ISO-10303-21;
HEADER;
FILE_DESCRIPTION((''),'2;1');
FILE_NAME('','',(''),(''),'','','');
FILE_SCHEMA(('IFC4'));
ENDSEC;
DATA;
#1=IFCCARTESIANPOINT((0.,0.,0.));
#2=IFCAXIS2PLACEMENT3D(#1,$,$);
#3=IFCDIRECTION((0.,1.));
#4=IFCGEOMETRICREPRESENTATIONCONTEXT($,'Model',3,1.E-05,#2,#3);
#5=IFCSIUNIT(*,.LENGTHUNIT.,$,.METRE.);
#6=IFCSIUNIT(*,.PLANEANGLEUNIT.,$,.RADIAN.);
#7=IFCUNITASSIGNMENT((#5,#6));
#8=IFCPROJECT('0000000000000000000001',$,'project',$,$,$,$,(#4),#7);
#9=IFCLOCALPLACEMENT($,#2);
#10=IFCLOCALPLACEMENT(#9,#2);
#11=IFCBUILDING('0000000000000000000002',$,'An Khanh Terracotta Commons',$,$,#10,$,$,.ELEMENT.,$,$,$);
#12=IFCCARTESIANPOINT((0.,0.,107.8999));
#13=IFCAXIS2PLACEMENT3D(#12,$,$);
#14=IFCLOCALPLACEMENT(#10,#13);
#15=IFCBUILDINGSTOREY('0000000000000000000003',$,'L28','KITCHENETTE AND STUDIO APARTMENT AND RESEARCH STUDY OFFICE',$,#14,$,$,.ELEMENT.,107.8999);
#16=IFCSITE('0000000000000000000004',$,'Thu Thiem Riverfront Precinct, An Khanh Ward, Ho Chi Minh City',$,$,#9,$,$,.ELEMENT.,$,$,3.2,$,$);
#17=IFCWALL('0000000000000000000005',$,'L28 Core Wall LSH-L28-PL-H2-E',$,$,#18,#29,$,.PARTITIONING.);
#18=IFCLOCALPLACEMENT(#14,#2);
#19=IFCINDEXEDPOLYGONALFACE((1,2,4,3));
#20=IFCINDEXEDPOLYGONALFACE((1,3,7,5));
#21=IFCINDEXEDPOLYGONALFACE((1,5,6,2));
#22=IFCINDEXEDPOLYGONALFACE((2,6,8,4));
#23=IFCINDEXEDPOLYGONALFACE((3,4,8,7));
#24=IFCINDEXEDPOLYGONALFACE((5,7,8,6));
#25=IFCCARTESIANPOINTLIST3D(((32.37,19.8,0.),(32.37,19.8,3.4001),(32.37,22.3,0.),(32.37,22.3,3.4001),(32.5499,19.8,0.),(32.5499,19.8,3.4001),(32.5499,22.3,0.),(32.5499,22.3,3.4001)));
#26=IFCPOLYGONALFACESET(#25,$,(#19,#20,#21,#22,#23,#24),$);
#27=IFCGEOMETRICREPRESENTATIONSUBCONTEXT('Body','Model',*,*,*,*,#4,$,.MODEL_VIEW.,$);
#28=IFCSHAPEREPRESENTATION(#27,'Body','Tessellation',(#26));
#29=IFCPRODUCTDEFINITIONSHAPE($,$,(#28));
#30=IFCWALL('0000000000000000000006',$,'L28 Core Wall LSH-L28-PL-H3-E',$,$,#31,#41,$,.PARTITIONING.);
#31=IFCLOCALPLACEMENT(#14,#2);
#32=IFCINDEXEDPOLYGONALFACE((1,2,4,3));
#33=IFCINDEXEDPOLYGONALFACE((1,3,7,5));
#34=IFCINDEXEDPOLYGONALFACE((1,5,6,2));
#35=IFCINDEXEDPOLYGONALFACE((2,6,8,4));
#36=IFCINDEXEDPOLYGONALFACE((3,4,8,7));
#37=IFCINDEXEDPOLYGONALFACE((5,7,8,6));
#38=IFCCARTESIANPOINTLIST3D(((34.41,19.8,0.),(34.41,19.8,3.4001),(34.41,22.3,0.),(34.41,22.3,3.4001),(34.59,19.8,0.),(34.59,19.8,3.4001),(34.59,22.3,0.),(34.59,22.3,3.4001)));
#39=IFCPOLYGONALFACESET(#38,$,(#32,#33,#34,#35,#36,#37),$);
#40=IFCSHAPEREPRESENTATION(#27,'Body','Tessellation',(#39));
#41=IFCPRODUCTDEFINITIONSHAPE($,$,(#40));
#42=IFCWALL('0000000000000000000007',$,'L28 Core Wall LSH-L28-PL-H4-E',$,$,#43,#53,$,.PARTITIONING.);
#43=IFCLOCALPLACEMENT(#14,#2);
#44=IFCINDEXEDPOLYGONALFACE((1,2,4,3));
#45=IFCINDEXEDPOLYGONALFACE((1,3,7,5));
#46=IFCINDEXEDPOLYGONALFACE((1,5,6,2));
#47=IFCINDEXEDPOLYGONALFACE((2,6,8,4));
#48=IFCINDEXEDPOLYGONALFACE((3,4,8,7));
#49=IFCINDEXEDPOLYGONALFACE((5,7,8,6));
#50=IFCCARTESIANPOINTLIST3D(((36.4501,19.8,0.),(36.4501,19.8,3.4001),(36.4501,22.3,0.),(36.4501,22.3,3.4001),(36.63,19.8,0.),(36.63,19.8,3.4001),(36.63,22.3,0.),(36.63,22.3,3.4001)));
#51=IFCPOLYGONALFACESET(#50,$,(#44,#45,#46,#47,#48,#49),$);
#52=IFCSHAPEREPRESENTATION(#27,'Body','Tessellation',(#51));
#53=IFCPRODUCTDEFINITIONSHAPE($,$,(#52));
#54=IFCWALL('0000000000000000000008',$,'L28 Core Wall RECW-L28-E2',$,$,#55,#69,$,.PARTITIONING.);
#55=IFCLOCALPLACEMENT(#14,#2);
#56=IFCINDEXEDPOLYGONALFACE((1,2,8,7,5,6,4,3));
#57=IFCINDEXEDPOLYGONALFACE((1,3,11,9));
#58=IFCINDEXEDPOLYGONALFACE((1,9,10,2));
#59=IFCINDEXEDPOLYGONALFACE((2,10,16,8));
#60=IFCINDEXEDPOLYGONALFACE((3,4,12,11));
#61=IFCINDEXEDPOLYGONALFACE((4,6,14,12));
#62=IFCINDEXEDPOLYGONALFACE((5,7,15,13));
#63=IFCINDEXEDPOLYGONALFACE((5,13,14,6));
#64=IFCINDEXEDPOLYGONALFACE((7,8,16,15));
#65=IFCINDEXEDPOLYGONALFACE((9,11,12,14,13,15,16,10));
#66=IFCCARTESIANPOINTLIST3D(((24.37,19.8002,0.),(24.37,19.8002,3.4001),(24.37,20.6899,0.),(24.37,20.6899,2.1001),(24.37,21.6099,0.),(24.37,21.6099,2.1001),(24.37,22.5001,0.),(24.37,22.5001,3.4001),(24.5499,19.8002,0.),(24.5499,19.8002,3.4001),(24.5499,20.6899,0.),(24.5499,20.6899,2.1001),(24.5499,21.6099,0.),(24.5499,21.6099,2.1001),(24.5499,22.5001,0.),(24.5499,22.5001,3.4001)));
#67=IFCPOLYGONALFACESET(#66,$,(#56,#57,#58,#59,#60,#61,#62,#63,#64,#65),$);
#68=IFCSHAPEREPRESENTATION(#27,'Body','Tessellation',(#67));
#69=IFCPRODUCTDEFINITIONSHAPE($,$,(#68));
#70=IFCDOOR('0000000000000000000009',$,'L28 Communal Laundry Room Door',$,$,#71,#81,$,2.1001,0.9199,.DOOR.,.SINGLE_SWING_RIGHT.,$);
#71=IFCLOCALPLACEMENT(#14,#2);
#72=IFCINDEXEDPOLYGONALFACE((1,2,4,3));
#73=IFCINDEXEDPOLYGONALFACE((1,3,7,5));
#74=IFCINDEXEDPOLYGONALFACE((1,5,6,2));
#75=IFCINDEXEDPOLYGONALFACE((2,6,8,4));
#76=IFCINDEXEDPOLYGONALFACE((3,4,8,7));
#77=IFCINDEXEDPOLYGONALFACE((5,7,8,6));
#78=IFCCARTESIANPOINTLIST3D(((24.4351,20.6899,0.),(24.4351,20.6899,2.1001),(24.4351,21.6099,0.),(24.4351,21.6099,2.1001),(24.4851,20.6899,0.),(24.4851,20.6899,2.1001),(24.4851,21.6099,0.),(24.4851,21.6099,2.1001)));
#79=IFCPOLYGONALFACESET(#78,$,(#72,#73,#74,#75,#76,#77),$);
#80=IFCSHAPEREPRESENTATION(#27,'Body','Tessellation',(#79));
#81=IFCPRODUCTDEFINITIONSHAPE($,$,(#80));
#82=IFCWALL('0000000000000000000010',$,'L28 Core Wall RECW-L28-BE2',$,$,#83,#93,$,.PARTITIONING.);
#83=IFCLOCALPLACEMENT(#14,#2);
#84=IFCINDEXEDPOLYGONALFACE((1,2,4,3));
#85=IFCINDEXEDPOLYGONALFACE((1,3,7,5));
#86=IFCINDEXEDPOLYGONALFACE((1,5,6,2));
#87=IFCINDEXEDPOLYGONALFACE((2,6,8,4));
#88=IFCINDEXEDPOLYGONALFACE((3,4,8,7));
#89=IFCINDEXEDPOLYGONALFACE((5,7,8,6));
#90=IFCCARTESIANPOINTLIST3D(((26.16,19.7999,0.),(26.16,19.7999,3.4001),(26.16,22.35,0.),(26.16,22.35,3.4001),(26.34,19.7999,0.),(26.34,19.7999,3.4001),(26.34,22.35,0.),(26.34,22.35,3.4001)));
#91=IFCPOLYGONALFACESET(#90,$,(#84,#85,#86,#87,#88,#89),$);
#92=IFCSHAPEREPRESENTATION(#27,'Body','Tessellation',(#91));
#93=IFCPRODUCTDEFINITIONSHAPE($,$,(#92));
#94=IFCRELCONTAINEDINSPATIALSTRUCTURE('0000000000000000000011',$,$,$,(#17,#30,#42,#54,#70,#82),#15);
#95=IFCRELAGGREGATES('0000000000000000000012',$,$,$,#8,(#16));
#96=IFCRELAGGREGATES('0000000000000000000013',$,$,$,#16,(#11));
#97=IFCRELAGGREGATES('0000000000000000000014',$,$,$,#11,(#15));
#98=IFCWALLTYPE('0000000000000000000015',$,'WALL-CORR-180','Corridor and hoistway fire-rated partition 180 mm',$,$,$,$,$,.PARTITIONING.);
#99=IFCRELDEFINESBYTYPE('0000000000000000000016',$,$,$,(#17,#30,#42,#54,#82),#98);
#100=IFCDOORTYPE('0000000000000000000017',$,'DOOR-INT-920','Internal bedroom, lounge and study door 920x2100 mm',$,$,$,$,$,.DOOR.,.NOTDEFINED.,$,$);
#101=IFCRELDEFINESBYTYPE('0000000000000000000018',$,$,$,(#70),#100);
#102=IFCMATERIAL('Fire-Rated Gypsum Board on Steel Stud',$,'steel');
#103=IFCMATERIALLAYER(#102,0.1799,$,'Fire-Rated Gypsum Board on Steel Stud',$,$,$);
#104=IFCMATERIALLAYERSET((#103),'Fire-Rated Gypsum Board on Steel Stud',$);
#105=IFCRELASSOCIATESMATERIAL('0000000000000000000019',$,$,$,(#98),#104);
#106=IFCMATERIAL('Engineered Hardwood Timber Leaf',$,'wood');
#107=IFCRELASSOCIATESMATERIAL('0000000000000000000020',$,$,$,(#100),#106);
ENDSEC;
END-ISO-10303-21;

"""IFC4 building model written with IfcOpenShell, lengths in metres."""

from ifc_helpers import new_model, si_unit, direction, frame, frame_2d, origin, place, context, subcontext, project, spatial, rectangle, extrude, material, layer, layer_set, type_object, element, fill, save


model = new_model("IFC4")

# Units and contexts
model_context = context("Model", 3, precision=1e-05, world=origin(), true_north=direction((0.0, 1.0)))
body_context = subcontext(model_context, "Body", "Model", "MODEL_VIEW")
ifc_project = project(units=[si_unit("LENGTHUNIT", "METRE"), si_unit("PLANEANGLEUNIT", "RADIAN")], contexts=[model_context])

# Site, building, storey
site_placement = place(None, origin())
site = spatial("IfcSite", under=ifc_project, at=site_placement, Name="Thu Thiem Riverfront Precinct, An Khanh Ward, Ho Chi Minh City", CompositionType="ELEMENT", RefElevation=3.2)
building_placement = place(site_placement, origin())
building = spatial("IfcBuilding", under=site, at=building_placement, Name="An Khanh Terracotta Commons", CompositionType="ELEMENT")
storey_placement = place(building_placement, frame((0.0, 0.0, 107.8999)))
storey = spatial("IfcBuildingStorey", under=building, at=storey_placement, Name="L28", Description="KITCHENETTE AND STUDIO APARTMENT AND RESEARCH STUDY OFFICE", CompositionType="ELEMENT", Elevation=107.8999)

# Shared definitions
ifc_material_1 = material(Name="Fire-Rated Gypsum Board on Steel Stud", Category="steel")
ifc_layer = layer(ifc_material_1, 0.1799, Name="Fire-Rated Gypsum Board on Steel Stud")
ifc_layer_set = layer_set([ifc_layer], Name="Fire-Rated Gypsum Board on Steel Stud")
wall_type = type_object("IfcWallType", Name="WALL-CORR-180", Description="Corridor and hoistway fire-rated partition 180 mm", PredefinedType="PARTITIONING", material=ifc_layer_set)

# Walls
for number, where, z_axis, x_axis, name in (
    (1, (32.46, 19.8, 0.0), (0.0, 0.0, 1.0), (0.0, 1.0, 0.0), "L28 Core Wall LSH-L28-PL-H2-E"),
    (2, (34.5, 19.8, 0.0), (0.0, 0.0, 1.0), (0.0, 1.0, 0.0), "L28 Core Wall LSH-L28-PL-H3-E"),
    (3, (36.54, 19.8, 0.0), (0.0, 0.0, 1.0), (0.0, 1.0, 0.0), "L28 Core Wall LSH-L28-PL-H4-E"),
):
    element("IfcWall", number, at=place(storey_placement, frame(where, z_axis=z_axis, x_axis=x_axis)), inside=storey, type_object=wall_type, Name=name, PredefinedType="PARTITIONING", context=body_context, shape_type="SweptSolid", body=[
        extrude(rectangle(XDim=2.5, YDim=0.1799, at=frame_2d((1.25, 0.0))), origin(), (0.0, 0.0, 1.0), 3.4001),
    ])

# Wall, opening, door
wall_1_placement = place(storey_placement, frame((24.46, 19.8, 0.0), z_axis=(0.0, 0.0, 1.0), x_axis=(0.0, 1.0, 0.0)))
wall_1 = element("IfcWall", 4, at=wall_1_placement, inside=storey, type_object=wall_type, Name="L28 Core Wall RECW-L28-E2", PredefinedType="PARTITIONING", context=body_context, shape_type="SweptSolid", body=[
    extrude(rectangle(XDim=2.7, YDim=0.1799, at=frame_2d((1.3501, 0.0))), origin(), (0.0, 0.0, 1.0), 3.4001),
])
opening_1_placement = place(wall_1_placement, frame((0.8899, 0.0, 0.0)))
opening_1 = element("IfcOpeningElement", 5, at=opening_1_placement, cuts=wall_1, PredefinedType="OPENING", context=body_context, shape_type="SweptSolid", body=[
    extrude(rectangle(XDim=0.9199, YDim=2.1001, at=frame_2d((0.46, 1.05))), frame((0.0, 0.0999, 0.0), z_axis=(0.0, -1.0, 0.0), x_axis=(1.0, 0.0, 0.0)), (0.0, 0.0, 1.0), 0.2),
])
ifc_material_2 = material(Name="Engineered Hardwood Timber Leaf", Category="wood")
door_type_1 = type_object("IfcDoorType", Name="DOOR-INT-920", Description="Internal bedroom, lounge and study door 920x2100 mm", OperationType="NOTDEFINED", PredefinedType="DOOR", material=ifc_material_2)
door_1_placement = place(opening_1_placement, origin())
door_1 = element("IfcDoor", 6, at=door_1_placement, inside=storey, type_object=door_type_1, Name="L28 Communal Laundry Room Door", OperationType="SINGLE_SWING_RIGHT", OverallHeight=2.1001, OverallWidth=0.9199, PredefinedType="DOOR", context=body_context, shape_type="SweptSolid", body=[
    extrude(rectangle(XDim=0.9199, YDim=2.1001, at=frame_2d((0.46, 1.05))), frame((0.0, 0.0249, 0.0), z_axis=(0.0, -1.0, 0.0), x_axis=(1.0, 0.0, 0.0)), (0.0, 0.0, 1.0), 0.05),
])
fill(opening_1, door_1)

# Wall
wall_2_placement = place(storey_placement, frame((26.25, 19.8, 0.0), z_axis=(0.0, 0.0, 1.0), x_axis=(0.0, 1.0, 0.0)))
element("IfcWall", 7, at=wall_2_placement, inside=storey, type_object=wall_type, Name="L28 Core Wall RECW-L28-BE2", PredefinedType="PARTITIONING", context=body_context, shape_type="SweptSolid", body=[
    extrude(rectangle(XDim=2.55, YDim=0.1799, at=frame_2d((1.2749, 0.0))), origin(), (0.0, 0.0, 1.0), 3.4001),
])

save(model, "model.ifc")
